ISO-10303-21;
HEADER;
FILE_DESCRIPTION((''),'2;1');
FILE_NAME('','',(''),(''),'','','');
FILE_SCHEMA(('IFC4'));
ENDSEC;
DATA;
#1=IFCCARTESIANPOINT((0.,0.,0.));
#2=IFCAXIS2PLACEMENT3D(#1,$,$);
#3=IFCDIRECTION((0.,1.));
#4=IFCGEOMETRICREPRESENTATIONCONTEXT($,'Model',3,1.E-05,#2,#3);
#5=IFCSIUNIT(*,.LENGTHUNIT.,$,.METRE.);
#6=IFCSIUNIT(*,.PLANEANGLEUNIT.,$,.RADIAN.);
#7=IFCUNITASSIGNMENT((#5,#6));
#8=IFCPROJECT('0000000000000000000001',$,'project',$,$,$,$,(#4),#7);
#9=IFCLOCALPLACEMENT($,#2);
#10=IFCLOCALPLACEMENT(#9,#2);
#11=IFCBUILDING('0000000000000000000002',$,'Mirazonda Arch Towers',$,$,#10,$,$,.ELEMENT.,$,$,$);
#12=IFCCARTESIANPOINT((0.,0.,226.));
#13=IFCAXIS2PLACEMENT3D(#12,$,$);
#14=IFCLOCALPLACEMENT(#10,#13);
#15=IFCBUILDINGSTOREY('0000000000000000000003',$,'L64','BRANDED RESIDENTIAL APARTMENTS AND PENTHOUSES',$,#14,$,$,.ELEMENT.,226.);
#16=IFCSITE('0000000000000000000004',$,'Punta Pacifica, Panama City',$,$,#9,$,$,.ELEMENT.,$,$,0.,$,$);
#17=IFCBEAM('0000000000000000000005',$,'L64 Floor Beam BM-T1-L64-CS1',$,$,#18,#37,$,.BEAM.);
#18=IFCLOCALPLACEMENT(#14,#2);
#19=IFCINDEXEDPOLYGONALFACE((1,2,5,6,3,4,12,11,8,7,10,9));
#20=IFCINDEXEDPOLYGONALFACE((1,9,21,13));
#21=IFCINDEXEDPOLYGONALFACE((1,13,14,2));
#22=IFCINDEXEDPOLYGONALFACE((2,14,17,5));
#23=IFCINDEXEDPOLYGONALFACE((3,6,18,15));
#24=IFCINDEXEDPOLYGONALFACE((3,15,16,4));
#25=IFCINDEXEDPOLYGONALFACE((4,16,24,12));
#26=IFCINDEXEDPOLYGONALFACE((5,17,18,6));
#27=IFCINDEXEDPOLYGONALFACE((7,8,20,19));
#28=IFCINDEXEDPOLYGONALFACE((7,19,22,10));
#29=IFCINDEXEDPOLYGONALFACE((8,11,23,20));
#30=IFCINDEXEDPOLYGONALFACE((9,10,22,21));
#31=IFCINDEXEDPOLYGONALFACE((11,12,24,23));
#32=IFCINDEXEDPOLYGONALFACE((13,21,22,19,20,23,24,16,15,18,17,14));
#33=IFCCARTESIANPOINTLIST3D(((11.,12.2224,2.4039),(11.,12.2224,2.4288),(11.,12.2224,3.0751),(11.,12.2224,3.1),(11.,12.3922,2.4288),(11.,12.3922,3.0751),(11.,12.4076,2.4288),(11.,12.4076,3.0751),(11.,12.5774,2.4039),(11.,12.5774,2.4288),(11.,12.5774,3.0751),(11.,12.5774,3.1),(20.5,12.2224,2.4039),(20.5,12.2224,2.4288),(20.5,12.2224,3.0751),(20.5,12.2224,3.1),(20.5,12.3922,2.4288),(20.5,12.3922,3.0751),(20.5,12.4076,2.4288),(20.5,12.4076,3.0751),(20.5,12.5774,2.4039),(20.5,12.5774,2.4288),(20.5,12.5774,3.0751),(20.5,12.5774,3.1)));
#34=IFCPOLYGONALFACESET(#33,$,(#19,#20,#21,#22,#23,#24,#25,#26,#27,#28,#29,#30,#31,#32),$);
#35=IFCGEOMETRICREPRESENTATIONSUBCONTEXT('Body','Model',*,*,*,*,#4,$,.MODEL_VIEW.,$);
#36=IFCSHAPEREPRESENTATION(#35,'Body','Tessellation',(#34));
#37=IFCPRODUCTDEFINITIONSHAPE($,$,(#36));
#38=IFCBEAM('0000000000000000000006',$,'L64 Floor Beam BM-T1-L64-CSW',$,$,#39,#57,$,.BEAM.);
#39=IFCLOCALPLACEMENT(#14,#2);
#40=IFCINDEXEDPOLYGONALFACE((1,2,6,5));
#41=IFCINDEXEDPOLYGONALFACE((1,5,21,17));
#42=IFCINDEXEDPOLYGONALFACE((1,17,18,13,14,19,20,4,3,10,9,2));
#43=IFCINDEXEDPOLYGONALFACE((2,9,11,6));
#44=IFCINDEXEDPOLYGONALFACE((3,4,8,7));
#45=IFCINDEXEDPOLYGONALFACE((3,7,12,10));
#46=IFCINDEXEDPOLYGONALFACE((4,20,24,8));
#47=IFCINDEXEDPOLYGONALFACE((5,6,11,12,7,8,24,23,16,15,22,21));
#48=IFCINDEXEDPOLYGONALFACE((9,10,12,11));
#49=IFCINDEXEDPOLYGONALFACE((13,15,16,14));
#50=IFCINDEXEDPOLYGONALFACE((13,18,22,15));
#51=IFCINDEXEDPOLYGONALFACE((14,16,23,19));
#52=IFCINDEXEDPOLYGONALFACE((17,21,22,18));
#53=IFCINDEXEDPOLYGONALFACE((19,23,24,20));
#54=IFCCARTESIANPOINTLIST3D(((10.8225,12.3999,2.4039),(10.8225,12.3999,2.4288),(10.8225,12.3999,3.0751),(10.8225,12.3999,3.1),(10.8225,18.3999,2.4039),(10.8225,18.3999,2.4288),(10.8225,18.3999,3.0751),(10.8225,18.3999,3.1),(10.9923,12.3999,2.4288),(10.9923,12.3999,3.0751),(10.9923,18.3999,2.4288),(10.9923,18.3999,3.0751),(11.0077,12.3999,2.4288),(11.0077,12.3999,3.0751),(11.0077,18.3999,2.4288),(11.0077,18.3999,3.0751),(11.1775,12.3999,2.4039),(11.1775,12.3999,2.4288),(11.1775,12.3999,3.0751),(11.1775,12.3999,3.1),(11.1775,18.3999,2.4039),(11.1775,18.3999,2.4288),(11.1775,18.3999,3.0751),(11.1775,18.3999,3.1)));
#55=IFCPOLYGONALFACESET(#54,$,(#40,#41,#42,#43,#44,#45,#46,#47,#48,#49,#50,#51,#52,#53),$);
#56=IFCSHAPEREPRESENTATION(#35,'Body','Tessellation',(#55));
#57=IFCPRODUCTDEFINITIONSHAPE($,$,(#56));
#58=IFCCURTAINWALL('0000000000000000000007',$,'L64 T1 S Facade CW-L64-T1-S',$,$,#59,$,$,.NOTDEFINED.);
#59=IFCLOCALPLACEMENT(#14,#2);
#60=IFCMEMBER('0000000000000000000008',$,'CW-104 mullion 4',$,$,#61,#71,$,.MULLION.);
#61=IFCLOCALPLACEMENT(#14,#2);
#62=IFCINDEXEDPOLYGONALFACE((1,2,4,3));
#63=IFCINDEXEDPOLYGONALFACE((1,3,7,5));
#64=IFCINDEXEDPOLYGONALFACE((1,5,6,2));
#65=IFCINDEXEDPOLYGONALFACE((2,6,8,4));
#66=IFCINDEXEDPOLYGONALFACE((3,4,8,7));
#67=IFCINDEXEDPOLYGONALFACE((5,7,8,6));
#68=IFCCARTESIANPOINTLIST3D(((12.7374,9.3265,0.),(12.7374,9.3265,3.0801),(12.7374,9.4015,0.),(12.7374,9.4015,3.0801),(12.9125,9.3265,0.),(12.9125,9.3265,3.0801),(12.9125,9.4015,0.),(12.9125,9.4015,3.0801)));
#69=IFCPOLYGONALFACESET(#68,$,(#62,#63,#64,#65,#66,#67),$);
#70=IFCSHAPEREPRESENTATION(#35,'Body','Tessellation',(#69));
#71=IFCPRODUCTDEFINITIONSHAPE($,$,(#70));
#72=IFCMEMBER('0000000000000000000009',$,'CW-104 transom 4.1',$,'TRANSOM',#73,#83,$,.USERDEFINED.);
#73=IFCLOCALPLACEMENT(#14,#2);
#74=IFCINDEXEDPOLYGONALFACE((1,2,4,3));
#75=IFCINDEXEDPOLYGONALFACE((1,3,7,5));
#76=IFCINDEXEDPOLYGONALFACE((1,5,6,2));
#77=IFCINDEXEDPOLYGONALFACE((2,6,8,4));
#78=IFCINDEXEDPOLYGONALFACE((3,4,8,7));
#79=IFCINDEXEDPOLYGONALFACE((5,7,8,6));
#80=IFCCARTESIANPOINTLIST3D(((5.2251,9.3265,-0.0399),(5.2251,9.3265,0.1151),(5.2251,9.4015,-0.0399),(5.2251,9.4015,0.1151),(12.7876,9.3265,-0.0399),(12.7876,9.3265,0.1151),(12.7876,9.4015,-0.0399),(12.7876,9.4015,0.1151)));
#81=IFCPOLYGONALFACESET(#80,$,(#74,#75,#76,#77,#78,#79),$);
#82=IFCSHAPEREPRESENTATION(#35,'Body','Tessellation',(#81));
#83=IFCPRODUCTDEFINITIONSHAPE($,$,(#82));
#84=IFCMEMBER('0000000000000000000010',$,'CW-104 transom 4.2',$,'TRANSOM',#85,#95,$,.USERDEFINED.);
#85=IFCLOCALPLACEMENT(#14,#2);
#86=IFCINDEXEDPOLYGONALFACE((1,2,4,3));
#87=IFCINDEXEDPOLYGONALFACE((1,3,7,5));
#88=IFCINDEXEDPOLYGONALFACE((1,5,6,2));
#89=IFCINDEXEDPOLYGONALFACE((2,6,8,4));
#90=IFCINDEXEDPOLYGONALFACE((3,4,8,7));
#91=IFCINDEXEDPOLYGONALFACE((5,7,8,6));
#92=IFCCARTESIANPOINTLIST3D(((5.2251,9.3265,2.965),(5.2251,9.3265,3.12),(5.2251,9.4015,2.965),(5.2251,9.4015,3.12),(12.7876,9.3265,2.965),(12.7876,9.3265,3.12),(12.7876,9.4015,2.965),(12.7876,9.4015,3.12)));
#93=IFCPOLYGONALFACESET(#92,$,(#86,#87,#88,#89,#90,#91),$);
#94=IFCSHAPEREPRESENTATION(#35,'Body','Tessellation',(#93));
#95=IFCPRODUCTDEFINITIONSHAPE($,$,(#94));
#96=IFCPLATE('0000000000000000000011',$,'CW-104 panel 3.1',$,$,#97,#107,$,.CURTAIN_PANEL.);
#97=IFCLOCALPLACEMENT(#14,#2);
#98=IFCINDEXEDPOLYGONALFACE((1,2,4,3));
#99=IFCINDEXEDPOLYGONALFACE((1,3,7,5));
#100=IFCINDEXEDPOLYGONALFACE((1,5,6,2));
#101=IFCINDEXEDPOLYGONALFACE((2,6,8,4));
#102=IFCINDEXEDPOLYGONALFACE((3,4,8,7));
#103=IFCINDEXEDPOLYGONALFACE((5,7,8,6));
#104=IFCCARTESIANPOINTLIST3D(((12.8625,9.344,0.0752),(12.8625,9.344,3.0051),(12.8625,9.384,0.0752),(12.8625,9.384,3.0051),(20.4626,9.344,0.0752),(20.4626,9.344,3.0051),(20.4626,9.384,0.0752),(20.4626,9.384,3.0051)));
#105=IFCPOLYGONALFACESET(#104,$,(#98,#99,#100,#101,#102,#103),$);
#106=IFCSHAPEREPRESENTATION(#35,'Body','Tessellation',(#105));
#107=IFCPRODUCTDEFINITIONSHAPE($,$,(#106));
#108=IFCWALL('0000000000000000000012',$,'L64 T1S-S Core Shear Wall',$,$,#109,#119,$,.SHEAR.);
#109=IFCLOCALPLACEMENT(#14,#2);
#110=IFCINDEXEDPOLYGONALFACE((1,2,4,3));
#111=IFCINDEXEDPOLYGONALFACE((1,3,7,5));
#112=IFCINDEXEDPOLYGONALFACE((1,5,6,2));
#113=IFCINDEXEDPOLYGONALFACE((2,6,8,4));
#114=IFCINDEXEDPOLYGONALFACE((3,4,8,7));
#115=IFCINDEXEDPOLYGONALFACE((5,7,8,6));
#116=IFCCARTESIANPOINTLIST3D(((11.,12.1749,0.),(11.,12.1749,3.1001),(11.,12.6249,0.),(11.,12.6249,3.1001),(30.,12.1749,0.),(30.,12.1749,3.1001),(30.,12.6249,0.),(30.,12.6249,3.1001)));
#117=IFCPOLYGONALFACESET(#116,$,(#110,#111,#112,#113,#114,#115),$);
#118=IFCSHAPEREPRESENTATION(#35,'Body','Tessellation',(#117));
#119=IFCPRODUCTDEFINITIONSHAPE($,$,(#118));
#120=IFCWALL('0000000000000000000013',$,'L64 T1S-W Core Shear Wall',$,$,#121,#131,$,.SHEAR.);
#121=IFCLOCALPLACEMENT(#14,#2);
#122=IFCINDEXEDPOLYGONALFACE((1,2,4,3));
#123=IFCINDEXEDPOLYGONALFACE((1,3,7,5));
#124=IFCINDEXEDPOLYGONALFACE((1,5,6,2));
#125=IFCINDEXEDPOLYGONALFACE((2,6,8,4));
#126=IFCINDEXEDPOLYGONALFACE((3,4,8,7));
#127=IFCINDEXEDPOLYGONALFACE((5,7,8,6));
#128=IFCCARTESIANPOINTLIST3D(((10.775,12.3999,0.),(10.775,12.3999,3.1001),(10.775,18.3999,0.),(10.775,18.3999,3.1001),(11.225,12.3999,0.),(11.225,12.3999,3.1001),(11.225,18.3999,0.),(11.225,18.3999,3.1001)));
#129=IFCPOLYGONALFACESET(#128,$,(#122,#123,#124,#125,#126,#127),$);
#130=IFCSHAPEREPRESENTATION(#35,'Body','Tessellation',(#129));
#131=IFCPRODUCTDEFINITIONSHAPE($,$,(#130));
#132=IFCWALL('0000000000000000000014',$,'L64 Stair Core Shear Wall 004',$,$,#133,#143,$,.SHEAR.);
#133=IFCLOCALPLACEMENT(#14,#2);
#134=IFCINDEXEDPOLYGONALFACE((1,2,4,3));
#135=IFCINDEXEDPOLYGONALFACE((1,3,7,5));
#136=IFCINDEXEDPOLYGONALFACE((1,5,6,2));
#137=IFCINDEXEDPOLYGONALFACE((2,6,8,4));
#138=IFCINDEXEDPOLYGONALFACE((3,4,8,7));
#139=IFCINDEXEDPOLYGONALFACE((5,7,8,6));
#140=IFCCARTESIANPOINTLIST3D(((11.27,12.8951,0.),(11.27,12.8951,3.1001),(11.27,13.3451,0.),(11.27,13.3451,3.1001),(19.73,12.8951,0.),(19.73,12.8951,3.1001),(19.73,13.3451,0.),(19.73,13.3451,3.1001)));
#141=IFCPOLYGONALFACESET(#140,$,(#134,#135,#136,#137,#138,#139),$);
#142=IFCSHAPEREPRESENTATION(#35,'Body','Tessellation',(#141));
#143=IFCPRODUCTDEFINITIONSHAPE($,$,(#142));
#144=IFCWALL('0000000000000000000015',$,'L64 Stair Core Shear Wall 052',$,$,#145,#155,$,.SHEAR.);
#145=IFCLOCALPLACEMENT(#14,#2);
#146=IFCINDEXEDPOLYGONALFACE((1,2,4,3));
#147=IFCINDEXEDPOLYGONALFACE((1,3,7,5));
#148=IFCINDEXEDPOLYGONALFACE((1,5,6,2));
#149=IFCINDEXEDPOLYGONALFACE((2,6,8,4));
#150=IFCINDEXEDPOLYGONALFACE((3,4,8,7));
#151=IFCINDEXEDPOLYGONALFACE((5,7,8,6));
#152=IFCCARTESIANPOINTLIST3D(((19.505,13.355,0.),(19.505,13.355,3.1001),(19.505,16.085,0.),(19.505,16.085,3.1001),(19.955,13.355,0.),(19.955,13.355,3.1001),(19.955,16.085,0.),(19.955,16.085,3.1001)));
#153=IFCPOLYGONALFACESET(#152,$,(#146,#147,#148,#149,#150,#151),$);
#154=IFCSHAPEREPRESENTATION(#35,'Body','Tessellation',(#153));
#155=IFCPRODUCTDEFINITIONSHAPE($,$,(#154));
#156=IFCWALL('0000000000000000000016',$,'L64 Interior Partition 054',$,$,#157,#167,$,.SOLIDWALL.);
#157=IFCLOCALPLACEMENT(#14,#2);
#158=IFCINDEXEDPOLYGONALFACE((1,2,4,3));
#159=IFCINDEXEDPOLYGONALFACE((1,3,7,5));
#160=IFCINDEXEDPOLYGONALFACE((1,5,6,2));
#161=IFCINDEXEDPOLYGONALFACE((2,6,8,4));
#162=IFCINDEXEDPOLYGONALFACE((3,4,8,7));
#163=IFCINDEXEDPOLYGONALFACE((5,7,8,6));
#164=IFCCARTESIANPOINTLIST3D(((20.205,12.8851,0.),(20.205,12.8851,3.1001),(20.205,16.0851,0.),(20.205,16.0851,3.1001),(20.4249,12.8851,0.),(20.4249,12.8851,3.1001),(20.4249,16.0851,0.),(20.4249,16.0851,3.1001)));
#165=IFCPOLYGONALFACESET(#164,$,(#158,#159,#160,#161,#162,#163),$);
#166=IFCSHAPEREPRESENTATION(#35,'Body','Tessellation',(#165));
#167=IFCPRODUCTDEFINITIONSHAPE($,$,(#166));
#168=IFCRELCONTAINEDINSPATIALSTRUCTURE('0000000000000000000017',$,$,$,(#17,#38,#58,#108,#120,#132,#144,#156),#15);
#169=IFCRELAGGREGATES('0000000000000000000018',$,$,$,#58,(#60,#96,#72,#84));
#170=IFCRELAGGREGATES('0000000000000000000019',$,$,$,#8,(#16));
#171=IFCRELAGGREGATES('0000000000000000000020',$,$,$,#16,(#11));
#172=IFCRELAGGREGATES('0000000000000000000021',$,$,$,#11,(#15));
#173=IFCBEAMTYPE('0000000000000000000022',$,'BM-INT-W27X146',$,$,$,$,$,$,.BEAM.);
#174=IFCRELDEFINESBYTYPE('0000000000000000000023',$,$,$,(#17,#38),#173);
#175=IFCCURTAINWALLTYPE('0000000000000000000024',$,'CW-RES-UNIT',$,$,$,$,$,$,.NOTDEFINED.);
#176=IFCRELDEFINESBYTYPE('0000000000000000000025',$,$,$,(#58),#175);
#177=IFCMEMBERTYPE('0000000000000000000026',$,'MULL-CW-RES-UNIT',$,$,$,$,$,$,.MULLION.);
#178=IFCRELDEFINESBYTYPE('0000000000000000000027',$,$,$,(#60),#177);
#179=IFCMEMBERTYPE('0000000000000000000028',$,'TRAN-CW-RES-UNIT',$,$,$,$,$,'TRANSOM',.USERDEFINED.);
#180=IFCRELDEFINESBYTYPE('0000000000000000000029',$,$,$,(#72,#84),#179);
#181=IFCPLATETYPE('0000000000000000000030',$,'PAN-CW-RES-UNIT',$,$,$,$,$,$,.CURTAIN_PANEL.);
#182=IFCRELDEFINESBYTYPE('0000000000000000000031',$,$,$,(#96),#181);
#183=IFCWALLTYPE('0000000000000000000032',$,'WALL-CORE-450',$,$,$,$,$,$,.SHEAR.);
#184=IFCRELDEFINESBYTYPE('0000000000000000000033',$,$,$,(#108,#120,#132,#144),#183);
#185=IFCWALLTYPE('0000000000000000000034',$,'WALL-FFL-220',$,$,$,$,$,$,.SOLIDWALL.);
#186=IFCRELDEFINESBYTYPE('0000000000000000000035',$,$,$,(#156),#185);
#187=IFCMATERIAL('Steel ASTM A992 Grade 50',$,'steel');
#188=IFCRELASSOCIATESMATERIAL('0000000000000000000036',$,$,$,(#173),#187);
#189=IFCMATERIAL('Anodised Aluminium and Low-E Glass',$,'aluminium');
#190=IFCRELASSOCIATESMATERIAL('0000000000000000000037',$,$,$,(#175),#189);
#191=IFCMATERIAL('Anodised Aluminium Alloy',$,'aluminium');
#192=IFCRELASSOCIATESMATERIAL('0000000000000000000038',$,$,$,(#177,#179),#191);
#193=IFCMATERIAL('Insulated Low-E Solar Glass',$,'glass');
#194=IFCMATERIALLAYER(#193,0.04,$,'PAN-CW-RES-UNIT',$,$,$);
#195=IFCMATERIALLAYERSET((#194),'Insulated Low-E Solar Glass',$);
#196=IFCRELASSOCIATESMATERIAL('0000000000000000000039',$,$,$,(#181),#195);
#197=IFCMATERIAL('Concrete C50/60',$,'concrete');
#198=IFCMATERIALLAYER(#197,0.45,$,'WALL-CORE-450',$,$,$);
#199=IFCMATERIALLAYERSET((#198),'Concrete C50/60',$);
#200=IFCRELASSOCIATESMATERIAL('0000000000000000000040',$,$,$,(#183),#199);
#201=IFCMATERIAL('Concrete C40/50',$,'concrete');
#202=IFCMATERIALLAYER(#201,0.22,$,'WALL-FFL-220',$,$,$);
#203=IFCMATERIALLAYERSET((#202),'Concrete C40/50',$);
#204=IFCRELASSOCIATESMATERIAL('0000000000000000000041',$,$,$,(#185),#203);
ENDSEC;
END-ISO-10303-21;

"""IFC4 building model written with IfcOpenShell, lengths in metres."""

from ifc_helpers import new_model, si_unit, direction, frame, frame_2d, origin, origin_2d, place, context, subcontext, project, spatial, rectangle, i_section, extrude, material, layer, layer_set, material_profile, profile_set, type_object, element, aggregate, save


model = new_model("IFC4")

# Units and contexts
model_context = context("Model", 3, precision=1e-05, world=origin(), true_north=direction((0.0, 1.0)))
body_context = subcontext(model_context, "Body", "Model", "MODEL_VIEW")
ifc_project = project(units=[si_unit("LENGTHUNIT", "METRE"), si_unit("PLANEANGLEUNIT", "RADIAN")], contexts=[model_context])

# Site, building, storey
site_placement = place(None, origin())
site = spatial("IfcSite", under=ifc_project, at=site_placement, Name="Punta Pacifica, Panama City", CompositionType="ELEMENT", RefElevation=0.0)
building_placement = place(site_placement, origin())
building = spatial("IfcBuilding", under=site, at=building_placement, Name="Mirazonda Arch Towers", CompositionType="ELEMENT")
storey_placement = place(building_placement, frame((0.0, 0.0, 226.0)))
storey = spatial("IfcBuildingStorey", under=building, at=storey_placement, Name="L64", Description="BRANDED RESIDENTIAL APARTMENTS AND PENTHOUSES", CompositionType="ELEMENT", Elevation=226.0)

# Beams
ifc_material_1 = material(Name="Steel ASTM A992 Grade 50", Category="steel")
ifc_material_profile_1 = material_profile(ifc_material_1, i_section(OverallWidth=0.355, OverallDepth=0.696, WebThickness=0.0154, FlangeThickness=0.0249, at=origin_2d()), Name="W27X146")
ifc_profile_set_1 = profile_set([ifc_material_profile_1], Name="Steel ASTM A992 Grade 50")
beam_type = type_object("IfcBeamType", Name="BM-INT-W27X146", PredefinedType="BEAM", material=ifc_profile_set_1)
beam_1_placement = place(storey_placement, frame((11.0, 12.3999, 2.752), z_axis=(1.0, 0.0, 0.0), x_axis=(0.0, 1.0, 0.0)))
element("IfcBeam", 1, at=beam_1_placement, inside=storey, type_object=beam_type, Name="L64 Floor Beam BM-T1-L64-CS1", PredefinedType="BEAM", context=body_context, shape_type="SweptSolid", body=[
    extrude(i_section(OverallWidth=0.355, OverallDepth=0.696, WebThickness=0.0154, FlangeThickness=0.0249, at=origin_2d()), origin(), (0.0, 0.0, 1.0), 9.5),
])
beam_2_placement = place(storey_placement, frame((11.0, 12.3999, 2.752), z_axis=(0.0, 1.0, 0.0), x_axis=(-1.0, 0.0, 0.0)))
element("IfcBeam", 2, at=beam_2_placement, inside=storey, type_object=beam_type, Name="L64 Floor Beam BM-T1-L64-CSW", PredefinedType="BEAM", context=body_context, shape_type="SweptSolid", body=[
    extrude(i_section(OverallWidth=0.355, OverallDepth=0.696, WebThickness=0.0154, FlangeThickness=0.0249, at=origin_2d()), origin(), (0.0, 0.0, 1.0), 6.0),
])

# Curtain wall, members, plate
ifc_material_2 = material(Name="Anodised Aluminium and Low-E Glass", Category="aluminium")
curtain_wall_type = type_object("IfcCurtainWallType", Name="CW-RES-UNIT", PredefinedType="NOTDEFINED", material=ifc_material_2)
curtain_wall_placement = place(storey_placement, origin())
curtain_wall = element("IfcCurtainWall", 3, at=curtain_wall_placement, inside=storey, type_object=curtain_wall_type, Name="L64 T1 S Facade CW-L64-T1-S", PredefinedType="NOTDEFINED")
ifc_material_3 = material(Name="Anodised Aluminium Alloy", Category="aluminium")
ifc_material_profile_2 = material_profile(ifc_material_3, rectangle(XDim=0.075, YDim=0.175, at=origin_2d()), Name="ALU-MULL-75x175")
ifc_profile_set_2 = profile_set([ifc_material_profile_2], Name="Anodised Aluminium Alloy")
member_type_1 = type_object("IfcMemberType", Name="MULL-CW-RES-UNIT", PredefinedType="MULLION", material=ifc_profile_set_2)
member_1_placement = place(storey_placement, frame((12.825, 9.364, 0.0), z_axis=(0.0, 0.0, 1.0), x_axis=(0.0, -1.0, 0.0)))
member_1 = element("IfcMember", 4, at=member_1_placement, type_object=member_type_1, Name="CW-104 mullion 4", PredefinedType="MULLION", context=body_context, shape_type="SweptSolid", body=[
    extrude(rectangle(XDim=0.075, YDim=0.175, at=origin_2d()), origin(), (0.0, 0.0, 1.0), 3.0801),
])
ifc_material_profile_3 = material_profile(ifc_material_3, rectangle(XDim=0.075, YDim=0.155, at=origin_2d()), Name="ALU-TRAN-75x155")
ifc_profile_set_3 = profile_set([ifc_material_profile_3], Name="Anodised Aluminium Alloy")
member_type_2 = type_object("IfcMemberType", Name="TRAN-CW-RES-UNIT", ElementType="TRANSOM", PredefinedType="USERDEFINED", material=ifc_profile_set_3)
member_2_placement = place(storey_placement, frame((12.7876, 9.364, 0.0376), z_axis=(-1.0, 0.0, 0.0), x_axis=(0.0, -1.0, 0.0)))
member_2 = element("IfcMember", 5, at=member_2_placement, type_object=member_type_2, Name="CW-104 transom 4.1", ObjectType="TRANSOM", PredefinedType="USERDEFINED", context=body_context, shape_type="SweptSolid", body=[
    extrude(rectangle(XDim=0.075, YDim=0.155, at=origin_2d()), origin(), (0.0, 0.0, 1.0), 7.5625),
])
member_3_placement = place(storey_placement, frame((12.7876, 9.364, 3.0425), z_axis=(-1.0, 0.0, 0.0), x_axis=(0.0, -1.0, 0.0)))
member_3 = element("IfcMember", 6, at=member_3_placement, type_object=member_type_2, Name="CW-104 transom 4.2", ObjectType="TRANSOM", PredefinedType="USERDEFINED", context=body_context, shape_type="SweptSolid", body=[
    extrude(rectangle(XDim=0.075, YDim=0.155, at=origin_2d()), origin(), (0.0, 0.0, 1.0), 7.5625),
])
ifc_material_4 = material(Name="Insulated Low-E Solar Glass", Category="glass")
ifc_layer_1 = layer(ifc_material_4, 0.04, Name="PAN-CW-RES-UNIT")
ifc_layer_set_1 = layer_set([ifc_layer_1], Name="Insulated Low-E Solar Glass")
plate_type = type_object("IfcPlateType", Name="PAN-CW-RES-UNIT", PredefinedType="CURTAIN_PANEL", material=ifc_layer_set_1)
plate_placement = place(storey_placement, frame((16.6626, 9.364, 0.0752), z_axis=(0.0, 0.0, 1.0), x_axis=(-1.0, 0.0, 0.0)))
plate = element("IfcPlate", 7, at=plate_placement, type_object=plate_type, Name="CW-104 panel 3.1", PredefinedType="CURTAIN_PANEL", context=body_context, shape_type="SweptSolid", body=[
    extrude(rectangle(XDim=7.6001, YDim=0.04, at=origin_2d()), origin(), (0.0, 0.0, 1.0), 2.9299),
])
aggregate(curtain_wall, [member_1, plate, member_2, member_3])

# Walls
ifc_material_5 = material(Name="Concrete C50/60", Category="concrete")
ifc_layer_2 = layer(ifc_material_5, 0.45, Name="WALL-CORE-450")
ifc_layer_set_2 = layer_set([ifc_layer_2], Name="Concrete C50/60")
wall_type_1 = type_object("IfcWallType", Name="WALL-CORE-450", PredefinedType="SHEAR", material=ifc_layer_set_2)
wall_1_placement = place(storey_placement, frame((11.0, 12.3999, 0.0), z_axis=(0.0, 0.0, 1.0), x_axis=(1.0, 0.0, 0.0)))
element("IfcWall", 8, at=wall_1_placement, inside=storey, type_object=wall_type_1, Name="L64 T1S-S Core Shear Wall", PredefinedType="SHEAR", context=body_context, shape_type="SweptSolid", body=[
    extrude(rectangle(XDim=19.0, YDim=0.45, at=frame_2d((9.5, 0.0))), origin(), (0.0, 0.0, 1.0), 3.1001),
])
wall_2_placement = place(storey_placement, frame((11.0, 12.3999, 0.0), z_axis=(0.0, 0.0, 1.0), x_axis=(0.0, 1.0, 0.0)))
element("IfcWall", 9, at=wall_2_placement, inside=storey, type_object=wall_type_1, Name="L64 T1S-W Core Shear Wall", PredefinedType="SHEAR", context=body_context, shape_type="SweptSolid", body=[
    extrude(rectangle(XDim=6.0, YDim=0.45, at=frame_2d((3.0, 0.0))), origin(), (0.0, 0.0, 1.0), 3.1001),
])
wall_3_placement = place(storey_placement, frame((11.27, 13.1201, 0.0), z_axis=(0.0, 0.0, 1.0), x_axis=(1.0, 0.0, 0.0)))
element("IfcWall", 10, at=wall_3_placement, inside=storey, type_object=wall_type_1, Name="L64 Stair Core Shear Wall 004", PredefinedType="SHEAR", context=body_context, shape_type="SweptSolid", body=[
    extrude(rectangle(XDim=8.46, YDim=0.45, at=frame_2d((4.23, 0.0))), origin(), (0.0, 0.0, 1.0), 3.1001),
])
wall_4_placement = place(storey_placement, frame((19.73, 13.355, 0.0), z_axis=(0.0, 0.0, 1.0), x_axis=(0.0, 1.0, 0.0)))
element("IfcWall", 11, at=wall_4_placement, inside=storey, type_object=wall_type_1, Name="L64 Stair Core Shear Wall 052", PredefinedType="SHEAR", context=body_context, shape_type="SweptSolid", body=[
    extrude(rectangle(XDim=2.73, YDim=0.45, at=frame_2d((1.365, 0.0))), origin(), (0.0, 0.0, 1.0), 3.1001),
])
ifc_material_6 = material(Name="Concrete C40/50", Category="concrete")
ifc_layer_3 = layer(ifc_material_6, 0.22, Name="WALL-FFL-220")
ifc_layer_set_3 = layer_set([ifc_layer_3], Name="Concrete C40/50")
wall_type_2 = type_object("IfcWallType", Name="WALL-FFL-220", PredefinedType="SOLIDWALL", material=ifc_layer_set_3)
wall_5_placement = place(storey_placement, frame((20.3149, 12.885, 0.0), z_axis=(0.0, 0.0, 1.0), x_axis=(0.0, 1.0, 0.0)))
element("IfcWall", 12, at=wall_5_placement, inside=storey, type_object=wall_type_2, Name="L64 Interior Partition 054", PredefinedType="SOLIDWALL", context=body_context, shape_type="SweptSolid", body=[
    extrude(rectangle(XDim=3.2, YDim=0.22, at=frame_2d((1.6001, 0.0))), origin(), (0.0, 0.0, 1.0), 3.1001),
])

save(model, "model.ifc")
